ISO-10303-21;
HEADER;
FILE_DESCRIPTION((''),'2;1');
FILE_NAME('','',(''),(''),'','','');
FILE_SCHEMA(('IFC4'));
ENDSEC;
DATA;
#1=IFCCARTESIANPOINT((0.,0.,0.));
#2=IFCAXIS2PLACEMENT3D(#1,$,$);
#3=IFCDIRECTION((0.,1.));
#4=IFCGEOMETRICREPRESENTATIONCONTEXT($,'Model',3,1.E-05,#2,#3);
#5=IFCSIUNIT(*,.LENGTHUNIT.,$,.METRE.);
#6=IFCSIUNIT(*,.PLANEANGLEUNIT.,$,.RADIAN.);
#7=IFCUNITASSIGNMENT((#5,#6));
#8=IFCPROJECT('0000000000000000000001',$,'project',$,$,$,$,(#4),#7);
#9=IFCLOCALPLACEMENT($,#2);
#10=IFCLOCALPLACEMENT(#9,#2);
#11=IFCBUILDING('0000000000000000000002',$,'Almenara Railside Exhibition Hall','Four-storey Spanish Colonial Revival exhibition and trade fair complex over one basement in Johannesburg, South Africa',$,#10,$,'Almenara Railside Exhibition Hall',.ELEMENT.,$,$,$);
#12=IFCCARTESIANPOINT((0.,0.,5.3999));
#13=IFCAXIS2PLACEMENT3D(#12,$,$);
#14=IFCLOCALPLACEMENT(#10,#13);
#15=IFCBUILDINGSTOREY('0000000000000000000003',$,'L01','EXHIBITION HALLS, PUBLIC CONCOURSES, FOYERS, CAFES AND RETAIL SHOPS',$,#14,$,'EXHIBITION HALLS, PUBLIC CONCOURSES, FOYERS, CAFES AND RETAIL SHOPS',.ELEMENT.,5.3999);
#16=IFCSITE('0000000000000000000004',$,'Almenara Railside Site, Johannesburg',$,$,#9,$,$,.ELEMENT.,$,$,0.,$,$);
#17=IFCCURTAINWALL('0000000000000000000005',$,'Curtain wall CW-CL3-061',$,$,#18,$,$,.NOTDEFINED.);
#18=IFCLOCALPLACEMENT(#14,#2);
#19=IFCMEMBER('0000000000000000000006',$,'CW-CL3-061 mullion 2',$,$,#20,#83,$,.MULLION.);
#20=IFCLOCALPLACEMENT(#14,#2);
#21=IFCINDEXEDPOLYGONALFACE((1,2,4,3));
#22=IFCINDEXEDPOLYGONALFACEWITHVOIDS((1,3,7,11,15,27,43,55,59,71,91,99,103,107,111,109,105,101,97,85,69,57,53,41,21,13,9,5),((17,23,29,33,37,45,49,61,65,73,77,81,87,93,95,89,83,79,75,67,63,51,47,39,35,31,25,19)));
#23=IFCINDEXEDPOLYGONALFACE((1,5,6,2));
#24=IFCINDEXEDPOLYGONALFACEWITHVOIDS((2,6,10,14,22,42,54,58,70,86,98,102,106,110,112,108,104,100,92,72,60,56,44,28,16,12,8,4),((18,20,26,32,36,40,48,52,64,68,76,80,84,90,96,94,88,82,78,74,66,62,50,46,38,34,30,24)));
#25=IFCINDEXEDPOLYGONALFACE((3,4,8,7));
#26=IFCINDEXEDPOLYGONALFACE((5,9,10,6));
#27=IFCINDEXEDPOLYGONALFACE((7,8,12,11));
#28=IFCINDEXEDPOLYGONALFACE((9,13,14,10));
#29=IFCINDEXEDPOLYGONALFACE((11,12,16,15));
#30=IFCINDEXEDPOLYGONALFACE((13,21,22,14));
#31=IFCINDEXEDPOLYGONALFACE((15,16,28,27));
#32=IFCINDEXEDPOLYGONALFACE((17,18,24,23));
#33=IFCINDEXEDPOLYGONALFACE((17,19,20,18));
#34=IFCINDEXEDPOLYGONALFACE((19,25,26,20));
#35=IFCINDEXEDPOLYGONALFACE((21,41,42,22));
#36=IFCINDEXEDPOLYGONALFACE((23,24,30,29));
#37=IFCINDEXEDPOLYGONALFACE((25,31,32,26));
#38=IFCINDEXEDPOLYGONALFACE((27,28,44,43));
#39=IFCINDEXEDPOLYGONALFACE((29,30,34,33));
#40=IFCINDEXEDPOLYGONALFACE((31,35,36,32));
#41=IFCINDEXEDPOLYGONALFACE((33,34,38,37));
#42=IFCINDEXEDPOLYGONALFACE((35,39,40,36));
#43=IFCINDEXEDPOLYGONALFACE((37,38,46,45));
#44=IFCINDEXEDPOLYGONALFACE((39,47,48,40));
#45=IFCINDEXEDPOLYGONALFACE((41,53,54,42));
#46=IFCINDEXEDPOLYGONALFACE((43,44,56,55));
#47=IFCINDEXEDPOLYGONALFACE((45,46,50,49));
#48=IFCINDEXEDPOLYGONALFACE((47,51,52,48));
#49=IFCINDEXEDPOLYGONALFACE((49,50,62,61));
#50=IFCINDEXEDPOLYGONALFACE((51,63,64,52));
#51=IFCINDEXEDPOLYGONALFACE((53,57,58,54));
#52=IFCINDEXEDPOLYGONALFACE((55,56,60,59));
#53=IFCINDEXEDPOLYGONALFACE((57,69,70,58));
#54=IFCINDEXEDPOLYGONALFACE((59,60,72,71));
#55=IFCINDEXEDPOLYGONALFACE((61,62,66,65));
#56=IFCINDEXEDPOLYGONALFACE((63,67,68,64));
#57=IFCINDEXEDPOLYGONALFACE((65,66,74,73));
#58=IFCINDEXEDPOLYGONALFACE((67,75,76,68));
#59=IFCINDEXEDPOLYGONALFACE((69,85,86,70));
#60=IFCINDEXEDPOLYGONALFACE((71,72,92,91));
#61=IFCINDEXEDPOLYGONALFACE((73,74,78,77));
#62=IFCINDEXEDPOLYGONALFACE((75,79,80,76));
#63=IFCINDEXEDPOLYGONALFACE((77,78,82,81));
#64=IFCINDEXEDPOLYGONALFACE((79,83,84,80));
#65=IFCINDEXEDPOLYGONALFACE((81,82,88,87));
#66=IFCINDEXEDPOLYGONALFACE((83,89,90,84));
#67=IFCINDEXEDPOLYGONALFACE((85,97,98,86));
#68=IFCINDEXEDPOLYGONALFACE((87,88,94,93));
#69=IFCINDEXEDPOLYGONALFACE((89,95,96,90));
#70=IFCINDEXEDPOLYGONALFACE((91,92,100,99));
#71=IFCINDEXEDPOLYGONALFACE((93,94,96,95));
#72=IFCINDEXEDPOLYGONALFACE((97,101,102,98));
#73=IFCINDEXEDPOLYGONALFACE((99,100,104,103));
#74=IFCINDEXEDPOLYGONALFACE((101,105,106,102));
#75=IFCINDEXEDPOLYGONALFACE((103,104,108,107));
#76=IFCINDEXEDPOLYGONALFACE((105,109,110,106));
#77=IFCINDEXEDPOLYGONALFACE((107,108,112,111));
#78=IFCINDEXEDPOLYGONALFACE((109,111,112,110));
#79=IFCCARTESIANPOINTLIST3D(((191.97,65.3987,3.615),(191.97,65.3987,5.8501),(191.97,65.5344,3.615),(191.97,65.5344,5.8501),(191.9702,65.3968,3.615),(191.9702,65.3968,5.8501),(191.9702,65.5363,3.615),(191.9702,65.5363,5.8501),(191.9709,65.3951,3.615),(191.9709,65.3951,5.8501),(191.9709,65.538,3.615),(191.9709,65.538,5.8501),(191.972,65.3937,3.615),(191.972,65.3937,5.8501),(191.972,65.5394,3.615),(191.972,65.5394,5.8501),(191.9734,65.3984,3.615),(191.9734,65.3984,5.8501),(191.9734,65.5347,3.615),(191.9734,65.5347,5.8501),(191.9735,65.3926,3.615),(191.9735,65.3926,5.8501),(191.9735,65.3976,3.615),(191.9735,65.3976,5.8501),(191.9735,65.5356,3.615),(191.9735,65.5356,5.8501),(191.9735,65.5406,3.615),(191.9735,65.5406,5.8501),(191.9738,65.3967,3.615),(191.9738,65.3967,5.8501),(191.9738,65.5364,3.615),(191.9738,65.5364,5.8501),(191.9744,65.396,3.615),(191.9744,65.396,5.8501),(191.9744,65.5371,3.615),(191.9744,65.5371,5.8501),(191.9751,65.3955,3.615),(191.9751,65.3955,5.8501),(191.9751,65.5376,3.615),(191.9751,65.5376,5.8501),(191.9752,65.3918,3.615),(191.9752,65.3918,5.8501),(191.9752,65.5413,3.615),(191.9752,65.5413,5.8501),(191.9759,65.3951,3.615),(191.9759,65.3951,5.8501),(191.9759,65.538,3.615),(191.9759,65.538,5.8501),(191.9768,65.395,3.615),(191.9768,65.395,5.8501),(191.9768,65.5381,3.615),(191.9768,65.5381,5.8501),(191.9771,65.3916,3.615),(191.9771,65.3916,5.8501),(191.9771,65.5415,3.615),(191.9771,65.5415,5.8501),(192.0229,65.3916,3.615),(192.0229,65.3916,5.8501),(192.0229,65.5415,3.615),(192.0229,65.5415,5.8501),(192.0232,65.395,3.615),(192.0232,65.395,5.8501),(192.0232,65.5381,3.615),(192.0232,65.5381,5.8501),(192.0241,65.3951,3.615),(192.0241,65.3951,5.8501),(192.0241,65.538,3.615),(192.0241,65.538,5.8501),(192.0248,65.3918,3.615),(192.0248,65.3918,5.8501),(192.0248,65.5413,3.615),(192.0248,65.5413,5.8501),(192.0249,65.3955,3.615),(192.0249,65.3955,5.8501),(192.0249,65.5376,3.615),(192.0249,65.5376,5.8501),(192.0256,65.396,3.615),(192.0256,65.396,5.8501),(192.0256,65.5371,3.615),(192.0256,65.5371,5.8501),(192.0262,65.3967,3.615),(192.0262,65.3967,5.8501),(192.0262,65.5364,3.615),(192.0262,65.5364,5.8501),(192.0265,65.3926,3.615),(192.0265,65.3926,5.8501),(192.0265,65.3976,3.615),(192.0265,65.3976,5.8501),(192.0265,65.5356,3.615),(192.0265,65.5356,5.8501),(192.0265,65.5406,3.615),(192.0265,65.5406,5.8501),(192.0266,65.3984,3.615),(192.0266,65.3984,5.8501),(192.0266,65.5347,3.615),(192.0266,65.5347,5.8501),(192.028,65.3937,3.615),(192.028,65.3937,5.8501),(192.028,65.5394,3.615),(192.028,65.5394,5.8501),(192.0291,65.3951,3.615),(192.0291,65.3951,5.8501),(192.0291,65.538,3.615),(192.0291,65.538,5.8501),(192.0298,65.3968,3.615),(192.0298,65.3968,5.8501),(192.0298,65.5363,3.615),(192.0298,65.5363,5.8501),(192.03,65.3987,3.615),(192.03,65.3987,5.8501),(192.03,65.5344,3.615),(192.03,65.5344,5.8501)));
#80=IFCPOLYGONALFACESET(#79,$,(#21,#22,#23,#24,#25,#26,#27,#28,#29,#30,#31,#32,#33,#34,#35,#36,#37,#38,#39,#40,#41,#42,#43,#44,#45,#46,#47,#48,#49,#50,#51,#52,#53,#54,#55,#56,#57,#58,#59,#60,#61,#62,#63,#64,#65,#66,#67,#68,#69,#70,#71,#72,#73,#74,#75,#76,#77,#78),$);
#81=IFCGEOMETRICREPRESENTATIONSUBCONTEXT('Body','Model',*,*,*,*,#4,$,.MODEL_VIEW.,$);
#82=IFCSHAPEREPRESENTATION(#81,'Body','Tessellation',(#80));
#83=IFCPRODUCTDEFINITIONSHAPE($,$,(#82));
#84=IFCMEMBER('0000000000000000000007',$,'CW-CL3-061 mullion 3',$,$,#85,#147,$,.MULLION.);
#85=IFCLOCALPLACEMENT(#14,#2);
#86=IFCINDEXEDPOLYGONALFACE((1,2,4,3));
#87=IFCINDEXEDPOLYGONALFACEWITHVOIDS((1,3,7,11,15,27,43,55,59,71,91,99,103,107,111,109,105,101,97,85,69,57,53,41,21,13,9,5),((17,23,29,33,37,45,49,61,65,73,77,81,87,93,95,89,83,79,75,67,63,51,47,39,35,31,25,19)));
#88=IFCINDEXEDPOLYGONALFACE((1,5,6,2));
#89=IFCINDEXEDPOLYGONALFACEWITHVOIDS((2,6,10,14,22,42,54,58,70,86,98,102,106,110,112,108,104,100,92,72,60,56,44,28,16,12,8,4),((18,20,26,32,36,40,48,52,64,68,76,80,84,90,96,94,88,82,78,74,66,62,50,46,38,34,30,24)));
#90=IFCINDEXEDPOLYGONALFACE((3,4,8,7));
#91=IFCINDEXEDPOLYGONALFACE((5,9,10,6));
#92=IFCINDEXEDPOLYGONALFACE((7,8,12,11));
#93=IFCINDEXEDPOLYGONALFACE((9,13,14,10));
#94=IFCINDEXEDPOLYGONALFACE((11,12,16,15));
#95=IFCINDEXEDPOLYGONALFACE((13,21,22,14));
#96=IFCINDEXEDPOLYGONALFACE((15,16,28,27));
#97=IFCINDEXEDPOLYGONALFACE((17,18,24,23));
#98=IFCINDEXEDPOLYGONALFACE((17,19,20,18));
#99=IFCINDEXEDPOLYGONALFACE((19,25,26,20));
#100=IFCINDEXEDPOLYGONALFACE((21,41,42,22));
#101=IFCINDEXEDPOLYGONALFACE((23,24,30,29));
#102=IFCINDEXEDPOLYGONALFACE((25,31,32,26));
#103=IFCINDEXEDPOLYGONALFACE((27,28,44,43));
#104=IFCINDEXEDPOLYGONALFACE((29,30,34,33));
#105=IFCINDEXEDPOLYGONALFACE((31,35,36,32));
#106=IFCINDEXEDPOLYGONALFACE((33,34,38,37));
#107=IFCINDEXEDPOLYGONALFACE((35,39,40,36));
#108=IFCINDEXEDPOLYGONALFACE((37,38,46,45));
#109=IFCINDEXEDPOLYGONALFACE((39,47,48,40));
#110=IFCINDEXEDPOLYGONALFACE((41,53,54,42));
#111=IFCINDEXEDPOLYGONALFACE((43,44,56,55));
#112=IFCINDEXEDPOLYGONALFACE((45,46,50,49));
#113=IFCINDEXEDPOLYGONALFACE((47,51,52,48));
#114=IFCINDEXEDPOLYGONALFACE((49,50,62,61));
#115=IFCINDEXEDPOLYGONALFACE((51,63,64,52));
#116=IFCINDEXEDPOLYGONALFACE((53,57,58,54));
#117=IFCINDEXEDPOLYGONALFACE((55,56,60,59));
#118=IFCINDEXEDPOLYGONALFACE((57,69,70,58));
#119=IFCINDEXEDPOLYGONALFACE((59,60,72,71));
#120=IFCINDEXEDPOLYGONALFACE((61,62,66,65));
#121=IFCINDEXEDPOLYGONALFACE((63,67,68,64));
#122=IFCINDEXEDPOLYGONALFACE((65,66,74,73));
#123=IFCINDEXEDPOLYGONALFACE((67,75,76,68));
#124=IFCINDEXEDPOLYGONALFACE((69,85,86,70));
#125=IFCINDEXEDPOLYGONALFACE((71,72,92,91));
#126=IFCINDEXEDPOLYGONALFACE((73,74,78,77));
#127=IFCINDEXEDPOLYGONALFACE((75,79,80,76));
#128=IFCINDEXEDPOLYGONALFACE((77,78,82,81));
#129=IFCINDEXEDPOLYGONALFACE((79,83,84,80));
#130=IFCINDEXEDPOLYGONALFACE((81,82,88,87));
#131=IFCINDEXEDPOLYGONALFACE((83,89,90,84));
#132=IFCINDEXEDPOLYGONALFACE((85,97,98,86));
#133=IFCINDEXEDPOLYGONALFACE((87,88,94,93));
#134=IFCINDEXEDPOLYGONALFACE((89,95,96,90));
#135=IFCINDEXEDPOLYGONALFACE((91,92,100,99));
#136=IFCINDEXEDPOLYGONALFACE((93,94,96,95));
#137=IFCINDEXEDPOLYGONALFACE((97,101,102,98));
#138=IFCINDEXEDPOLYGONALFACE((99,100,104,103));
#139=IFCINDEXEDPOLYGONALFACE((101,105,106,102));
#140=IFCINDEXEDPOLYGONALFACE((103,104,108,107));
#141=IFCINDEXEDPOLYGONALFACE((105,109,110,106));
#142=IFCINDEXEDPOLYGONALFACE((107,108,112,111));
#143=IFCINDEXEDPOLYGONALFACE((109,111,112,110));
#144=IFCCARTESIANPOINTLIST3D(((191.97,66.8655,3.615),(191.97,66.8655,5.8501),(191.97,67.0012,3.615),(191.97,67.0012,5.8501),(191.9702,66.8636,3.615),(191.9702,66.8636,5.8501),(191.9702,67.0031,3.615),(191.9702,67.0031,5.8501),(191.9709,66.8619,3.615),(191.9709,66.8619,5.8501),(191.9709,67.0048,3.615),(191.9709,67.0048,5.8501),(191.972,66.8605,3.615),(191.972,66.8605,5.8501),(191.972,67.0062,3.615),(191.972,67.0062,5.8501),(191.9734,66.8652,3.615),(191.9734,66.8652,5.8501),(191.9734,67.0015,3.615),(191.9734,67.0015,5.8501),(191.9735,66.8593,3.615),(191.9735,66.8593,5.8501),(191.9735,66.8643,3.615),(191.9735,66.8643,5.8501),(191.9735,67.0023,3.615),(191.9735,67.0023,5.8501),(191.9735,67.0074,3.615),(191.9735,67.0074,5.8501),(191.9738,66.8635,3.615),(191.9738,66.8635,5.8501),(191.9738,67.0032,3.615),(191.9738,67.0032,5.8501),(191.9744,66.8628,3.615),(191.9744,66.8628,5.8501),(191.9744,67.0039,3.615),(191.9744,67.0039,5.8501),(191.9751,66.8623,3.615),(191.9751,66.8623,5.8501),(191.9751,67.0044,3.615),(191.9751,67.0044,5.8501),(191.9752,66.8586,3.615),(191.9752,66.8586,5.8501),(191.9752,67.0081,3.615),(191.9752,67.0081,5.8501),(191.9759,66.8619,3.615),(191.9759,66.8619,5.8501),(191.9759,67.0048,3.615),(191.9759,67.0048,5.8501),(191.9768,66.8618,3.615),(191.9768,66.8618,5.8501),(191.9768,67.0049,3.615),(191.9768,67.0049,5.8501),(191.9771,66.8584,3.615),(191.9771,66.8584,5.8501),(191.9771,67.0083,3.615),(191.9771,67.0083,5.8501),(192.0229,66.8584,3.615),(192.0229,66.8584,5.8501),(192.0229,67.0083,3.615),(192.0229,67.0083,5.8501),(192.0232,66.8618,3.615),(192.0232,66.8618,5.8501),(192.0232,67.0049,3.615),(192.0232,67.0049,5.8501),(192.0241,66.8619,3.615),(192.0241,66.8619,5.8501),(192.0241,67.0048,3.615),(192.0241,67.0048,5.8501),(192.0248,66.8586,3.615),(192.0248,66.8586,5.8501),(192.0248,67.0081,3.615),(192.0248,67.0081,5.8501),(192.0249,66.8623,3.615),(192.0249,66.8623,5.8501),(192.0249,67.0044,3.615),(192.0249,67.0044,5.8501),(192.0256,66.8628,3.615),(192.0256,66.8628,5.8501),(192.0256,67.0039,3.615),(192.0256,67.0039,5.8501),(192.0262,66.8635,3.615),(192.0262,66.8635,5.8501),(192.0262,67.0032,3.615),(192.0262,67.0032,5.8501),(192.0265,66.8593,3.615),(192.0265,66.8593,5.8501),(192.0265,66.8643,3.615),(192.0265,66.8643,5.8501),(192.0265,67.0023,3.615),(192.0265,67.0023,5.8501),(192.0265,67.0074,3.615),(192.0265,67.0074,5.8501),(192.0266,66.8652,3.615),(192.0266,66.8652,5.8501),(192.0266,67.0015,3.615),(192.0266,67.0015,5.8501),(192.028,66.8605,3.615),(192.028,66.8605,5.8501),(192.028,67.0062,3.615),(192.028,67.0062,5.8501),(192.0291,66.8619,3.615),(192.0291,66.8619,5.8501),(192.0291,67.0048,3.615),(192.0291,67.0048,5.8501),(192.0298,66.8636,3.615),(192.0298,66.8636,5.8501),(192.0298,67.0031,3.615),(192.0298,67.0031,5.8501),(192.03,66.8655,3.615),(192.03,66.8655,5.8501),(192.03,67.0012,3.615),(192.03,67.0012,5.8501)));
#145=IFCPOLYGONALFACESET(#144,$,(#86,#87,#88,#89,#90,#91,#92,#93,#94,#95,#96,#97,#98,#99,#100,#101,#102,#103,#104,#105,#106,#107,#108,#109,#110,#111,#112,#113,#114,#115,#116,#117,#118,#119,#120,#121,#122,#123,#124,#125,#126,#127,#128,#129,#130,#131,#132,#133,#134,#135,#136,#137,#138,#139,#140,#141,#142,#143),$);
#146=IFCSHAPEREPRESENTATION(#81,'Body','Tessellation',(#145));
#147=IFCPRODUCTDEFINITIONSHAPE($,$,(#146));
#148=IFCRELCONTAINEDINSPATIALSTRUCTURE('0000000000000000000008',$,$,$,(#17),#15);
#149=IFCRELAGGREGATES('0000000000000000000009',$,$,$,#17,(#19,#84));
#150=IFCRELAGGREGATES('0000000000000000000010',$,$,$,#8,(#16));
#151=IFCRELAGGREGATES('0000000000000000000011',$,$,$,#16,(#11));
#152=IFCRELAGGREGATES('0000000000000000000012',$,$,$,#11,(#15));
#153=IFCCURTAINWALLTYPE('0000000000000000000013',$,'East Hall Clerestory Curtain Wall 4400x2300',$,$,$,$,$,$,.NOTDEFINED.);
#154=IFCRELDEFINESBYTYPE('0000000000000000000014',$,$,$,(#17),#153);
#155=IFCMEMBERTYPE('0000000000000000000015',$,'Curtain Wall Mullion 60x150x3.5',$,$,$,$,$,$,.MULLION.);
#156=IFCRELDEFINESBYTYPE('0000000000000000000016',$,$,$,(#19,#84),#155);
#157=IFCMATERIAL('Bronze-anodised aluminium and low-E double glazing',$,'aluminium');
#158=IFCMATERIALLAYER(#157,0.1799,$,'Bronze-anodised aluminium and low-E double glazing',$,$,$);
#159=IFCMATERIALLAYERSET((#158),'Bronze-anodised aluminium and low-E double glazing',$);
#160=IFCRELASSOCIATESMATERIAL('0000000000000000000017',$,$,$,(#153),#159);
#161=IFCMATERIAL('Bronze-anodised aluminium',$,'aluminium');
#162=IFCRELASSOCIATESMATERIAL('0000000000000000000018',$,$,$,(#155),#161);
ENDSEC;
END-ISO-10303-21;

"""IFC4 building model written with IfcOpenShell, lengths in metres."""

from ifc_helpers import new_model, si_unit, direction, frame, origin, origin_2d, place, context, subcontext, project, spatial, hollow_rectangle, extrude, material, layer, layer_set, material_profile, profile_set, type_object, element, aggregate, save


model = new_model("IFC4")

# Units and contexts
model_context = context("Model", 3, precision=1e-05, world=origin(), true_north=direction((0.0, 1.0)))
body_context = subcontext(model_context, "Body", "Model", "MODEL_VIEW")
ifc_project = project(units=[si_unit("LENGTHUNIT", "METRE"), si_unit("PLANEANGLEUNIT", "RADIAN")], contexts=[model_context])

# Site, building, storey
site_placement = place(None, origin())
site = spatial("IfcSite", under=ifc_project, at=site_placement, Name="Almenara Railside Site, Johannesburg", CompositionType="ELEMENT", RefElevation=0.0)
building_placement = place(site_placement, origin())
building = spatial("IfcBuilding", under=site, at=building_placement, Name="Almenara Railside Exhibition Hall", Description="Four-storey Spanish Colonial Revival exhibition and trade fair complex over one basement in Johannesburg, South Africa", LongName="Almenara Railside Exhibition Hall", CompositionType="ELEMENT")
storey_placement = place(building_placement, frame((0.0, 0.0, 5.3999)))
storey = spatial("IfcBuildingStorey", under=building, at=storey_placement, Name="L01", Description="EXHIBITION HALLS, PUBLIC CONCOURSES, FOYERS, CAFES AND RETAIL SHOPS", LongName="EXHIBITION HALLS, PUBLIC CONCOURSES, FOYERS, CAFES AND RETAIL SHOPS", CompositionType="ELEMENT", Elevation=5.3999)

# Shared definitions
ifc_material_1 = material(Name="Bronze-anodised aluminium and low-E double glazing", Category="aluminium")
ifc_layer_1 = layer(ifc_material_1, 0.1799, Name="Bronze-anodised aluminium and low-E double glazing")
ifc_layer_set_1 = layer_set([ifc_layer_1], Name="Bronze-anodised aluminium and low-E double glazing")
curtain_wall_type = type_object("IfcCurtainWallType", Name="East Hall Clerestory Curtain Wall 4400x2300", PredefinedType="NOTDEFINED", material=ifc_layer_set_1)
ifc_material_2 = material(Name="Bronze-anodised aluminium", Category="aluminium")

# Curtain wall, members
curtain_wall_1_placement = place(storey_placement, origin())
curtain_wall_1 = element("IfcCurtainWall", 1, at=curtain_wall_1_placement, inside=storey, type_object=curtain_wall_type, Name="Curtain wall CW-CL3-061", PredefinedType="NOTDEFINED")
ifc_material_profile_1 = material_profile(ifc_material_2, hollow_rectangle(XDim=0.0601, YDim=0.1499, WallThickness=0.0034, InnerFilletRadius=0.0034, OuterFilletRadius=0.0071, at=origin_2d()), Name="ALU-MUL 60x150x3.5")
ifc_profile_set_1 = profile_set([ifc_material_profile_1], Name="Bronze-anodised aluminium")
member_type_1 = type_object("IfcMemberType", Name="Curtain Wall Mullion 60x150x3.5", PredefinedType="MULLION", material=ifc_profile_set_1)
member_1_placement = place(storey_placement, frame((192.0, 65.4666, 3.615), z_axis=(0.0, 0.0, 1.0), x_axis=(-1.0, 0.0, 0.0)))
member_1 = element("IfcMember", 2, at=member_1_placement, type_object=member_type_1, Name="CW-CL3-061 mullion 2", PredefinedType="MULLION", context=body_context, shape_type="SweptSolid", body=[
    extrude(hollow_rectangle(XDim=0.0601, YDim=0.1499, WallThickness=0.0034, InnerFilletRadius=0.0034, OuterFilletRadius=0.0071, at=origin_2d()), origin(), (0.0, 0.0, 1.0), 2.2351),
])
member_2_placement = place(storey_placement, frame((192.0, 66.9333, 3.615), z_axis=(0.0, 0.0, 1.0), x_axis=(-1.0, 0.0, 0.0)))
member_2 = element("IfcMember", 3, at=member_2_placement, type_object=member_type_1, Name="CW-CL3-061 mullion 3", PredefinedType="MULLION", context=body_context, shape_type="SweptSolid", body=[
    extrude(hollow_rectangle(XDim=0.0601, YDim=0.1499, WallThickness=0.0034, InnerFilletRadius=0.0034, OuterFilletRadius=0.0071, at=origin_2d()), origin(), (0.0, 0.0, 1.0), 2.2351),
])

aggregate(curtain_wall_1, [member_1, member_2])

save(model, "model.ifc")
